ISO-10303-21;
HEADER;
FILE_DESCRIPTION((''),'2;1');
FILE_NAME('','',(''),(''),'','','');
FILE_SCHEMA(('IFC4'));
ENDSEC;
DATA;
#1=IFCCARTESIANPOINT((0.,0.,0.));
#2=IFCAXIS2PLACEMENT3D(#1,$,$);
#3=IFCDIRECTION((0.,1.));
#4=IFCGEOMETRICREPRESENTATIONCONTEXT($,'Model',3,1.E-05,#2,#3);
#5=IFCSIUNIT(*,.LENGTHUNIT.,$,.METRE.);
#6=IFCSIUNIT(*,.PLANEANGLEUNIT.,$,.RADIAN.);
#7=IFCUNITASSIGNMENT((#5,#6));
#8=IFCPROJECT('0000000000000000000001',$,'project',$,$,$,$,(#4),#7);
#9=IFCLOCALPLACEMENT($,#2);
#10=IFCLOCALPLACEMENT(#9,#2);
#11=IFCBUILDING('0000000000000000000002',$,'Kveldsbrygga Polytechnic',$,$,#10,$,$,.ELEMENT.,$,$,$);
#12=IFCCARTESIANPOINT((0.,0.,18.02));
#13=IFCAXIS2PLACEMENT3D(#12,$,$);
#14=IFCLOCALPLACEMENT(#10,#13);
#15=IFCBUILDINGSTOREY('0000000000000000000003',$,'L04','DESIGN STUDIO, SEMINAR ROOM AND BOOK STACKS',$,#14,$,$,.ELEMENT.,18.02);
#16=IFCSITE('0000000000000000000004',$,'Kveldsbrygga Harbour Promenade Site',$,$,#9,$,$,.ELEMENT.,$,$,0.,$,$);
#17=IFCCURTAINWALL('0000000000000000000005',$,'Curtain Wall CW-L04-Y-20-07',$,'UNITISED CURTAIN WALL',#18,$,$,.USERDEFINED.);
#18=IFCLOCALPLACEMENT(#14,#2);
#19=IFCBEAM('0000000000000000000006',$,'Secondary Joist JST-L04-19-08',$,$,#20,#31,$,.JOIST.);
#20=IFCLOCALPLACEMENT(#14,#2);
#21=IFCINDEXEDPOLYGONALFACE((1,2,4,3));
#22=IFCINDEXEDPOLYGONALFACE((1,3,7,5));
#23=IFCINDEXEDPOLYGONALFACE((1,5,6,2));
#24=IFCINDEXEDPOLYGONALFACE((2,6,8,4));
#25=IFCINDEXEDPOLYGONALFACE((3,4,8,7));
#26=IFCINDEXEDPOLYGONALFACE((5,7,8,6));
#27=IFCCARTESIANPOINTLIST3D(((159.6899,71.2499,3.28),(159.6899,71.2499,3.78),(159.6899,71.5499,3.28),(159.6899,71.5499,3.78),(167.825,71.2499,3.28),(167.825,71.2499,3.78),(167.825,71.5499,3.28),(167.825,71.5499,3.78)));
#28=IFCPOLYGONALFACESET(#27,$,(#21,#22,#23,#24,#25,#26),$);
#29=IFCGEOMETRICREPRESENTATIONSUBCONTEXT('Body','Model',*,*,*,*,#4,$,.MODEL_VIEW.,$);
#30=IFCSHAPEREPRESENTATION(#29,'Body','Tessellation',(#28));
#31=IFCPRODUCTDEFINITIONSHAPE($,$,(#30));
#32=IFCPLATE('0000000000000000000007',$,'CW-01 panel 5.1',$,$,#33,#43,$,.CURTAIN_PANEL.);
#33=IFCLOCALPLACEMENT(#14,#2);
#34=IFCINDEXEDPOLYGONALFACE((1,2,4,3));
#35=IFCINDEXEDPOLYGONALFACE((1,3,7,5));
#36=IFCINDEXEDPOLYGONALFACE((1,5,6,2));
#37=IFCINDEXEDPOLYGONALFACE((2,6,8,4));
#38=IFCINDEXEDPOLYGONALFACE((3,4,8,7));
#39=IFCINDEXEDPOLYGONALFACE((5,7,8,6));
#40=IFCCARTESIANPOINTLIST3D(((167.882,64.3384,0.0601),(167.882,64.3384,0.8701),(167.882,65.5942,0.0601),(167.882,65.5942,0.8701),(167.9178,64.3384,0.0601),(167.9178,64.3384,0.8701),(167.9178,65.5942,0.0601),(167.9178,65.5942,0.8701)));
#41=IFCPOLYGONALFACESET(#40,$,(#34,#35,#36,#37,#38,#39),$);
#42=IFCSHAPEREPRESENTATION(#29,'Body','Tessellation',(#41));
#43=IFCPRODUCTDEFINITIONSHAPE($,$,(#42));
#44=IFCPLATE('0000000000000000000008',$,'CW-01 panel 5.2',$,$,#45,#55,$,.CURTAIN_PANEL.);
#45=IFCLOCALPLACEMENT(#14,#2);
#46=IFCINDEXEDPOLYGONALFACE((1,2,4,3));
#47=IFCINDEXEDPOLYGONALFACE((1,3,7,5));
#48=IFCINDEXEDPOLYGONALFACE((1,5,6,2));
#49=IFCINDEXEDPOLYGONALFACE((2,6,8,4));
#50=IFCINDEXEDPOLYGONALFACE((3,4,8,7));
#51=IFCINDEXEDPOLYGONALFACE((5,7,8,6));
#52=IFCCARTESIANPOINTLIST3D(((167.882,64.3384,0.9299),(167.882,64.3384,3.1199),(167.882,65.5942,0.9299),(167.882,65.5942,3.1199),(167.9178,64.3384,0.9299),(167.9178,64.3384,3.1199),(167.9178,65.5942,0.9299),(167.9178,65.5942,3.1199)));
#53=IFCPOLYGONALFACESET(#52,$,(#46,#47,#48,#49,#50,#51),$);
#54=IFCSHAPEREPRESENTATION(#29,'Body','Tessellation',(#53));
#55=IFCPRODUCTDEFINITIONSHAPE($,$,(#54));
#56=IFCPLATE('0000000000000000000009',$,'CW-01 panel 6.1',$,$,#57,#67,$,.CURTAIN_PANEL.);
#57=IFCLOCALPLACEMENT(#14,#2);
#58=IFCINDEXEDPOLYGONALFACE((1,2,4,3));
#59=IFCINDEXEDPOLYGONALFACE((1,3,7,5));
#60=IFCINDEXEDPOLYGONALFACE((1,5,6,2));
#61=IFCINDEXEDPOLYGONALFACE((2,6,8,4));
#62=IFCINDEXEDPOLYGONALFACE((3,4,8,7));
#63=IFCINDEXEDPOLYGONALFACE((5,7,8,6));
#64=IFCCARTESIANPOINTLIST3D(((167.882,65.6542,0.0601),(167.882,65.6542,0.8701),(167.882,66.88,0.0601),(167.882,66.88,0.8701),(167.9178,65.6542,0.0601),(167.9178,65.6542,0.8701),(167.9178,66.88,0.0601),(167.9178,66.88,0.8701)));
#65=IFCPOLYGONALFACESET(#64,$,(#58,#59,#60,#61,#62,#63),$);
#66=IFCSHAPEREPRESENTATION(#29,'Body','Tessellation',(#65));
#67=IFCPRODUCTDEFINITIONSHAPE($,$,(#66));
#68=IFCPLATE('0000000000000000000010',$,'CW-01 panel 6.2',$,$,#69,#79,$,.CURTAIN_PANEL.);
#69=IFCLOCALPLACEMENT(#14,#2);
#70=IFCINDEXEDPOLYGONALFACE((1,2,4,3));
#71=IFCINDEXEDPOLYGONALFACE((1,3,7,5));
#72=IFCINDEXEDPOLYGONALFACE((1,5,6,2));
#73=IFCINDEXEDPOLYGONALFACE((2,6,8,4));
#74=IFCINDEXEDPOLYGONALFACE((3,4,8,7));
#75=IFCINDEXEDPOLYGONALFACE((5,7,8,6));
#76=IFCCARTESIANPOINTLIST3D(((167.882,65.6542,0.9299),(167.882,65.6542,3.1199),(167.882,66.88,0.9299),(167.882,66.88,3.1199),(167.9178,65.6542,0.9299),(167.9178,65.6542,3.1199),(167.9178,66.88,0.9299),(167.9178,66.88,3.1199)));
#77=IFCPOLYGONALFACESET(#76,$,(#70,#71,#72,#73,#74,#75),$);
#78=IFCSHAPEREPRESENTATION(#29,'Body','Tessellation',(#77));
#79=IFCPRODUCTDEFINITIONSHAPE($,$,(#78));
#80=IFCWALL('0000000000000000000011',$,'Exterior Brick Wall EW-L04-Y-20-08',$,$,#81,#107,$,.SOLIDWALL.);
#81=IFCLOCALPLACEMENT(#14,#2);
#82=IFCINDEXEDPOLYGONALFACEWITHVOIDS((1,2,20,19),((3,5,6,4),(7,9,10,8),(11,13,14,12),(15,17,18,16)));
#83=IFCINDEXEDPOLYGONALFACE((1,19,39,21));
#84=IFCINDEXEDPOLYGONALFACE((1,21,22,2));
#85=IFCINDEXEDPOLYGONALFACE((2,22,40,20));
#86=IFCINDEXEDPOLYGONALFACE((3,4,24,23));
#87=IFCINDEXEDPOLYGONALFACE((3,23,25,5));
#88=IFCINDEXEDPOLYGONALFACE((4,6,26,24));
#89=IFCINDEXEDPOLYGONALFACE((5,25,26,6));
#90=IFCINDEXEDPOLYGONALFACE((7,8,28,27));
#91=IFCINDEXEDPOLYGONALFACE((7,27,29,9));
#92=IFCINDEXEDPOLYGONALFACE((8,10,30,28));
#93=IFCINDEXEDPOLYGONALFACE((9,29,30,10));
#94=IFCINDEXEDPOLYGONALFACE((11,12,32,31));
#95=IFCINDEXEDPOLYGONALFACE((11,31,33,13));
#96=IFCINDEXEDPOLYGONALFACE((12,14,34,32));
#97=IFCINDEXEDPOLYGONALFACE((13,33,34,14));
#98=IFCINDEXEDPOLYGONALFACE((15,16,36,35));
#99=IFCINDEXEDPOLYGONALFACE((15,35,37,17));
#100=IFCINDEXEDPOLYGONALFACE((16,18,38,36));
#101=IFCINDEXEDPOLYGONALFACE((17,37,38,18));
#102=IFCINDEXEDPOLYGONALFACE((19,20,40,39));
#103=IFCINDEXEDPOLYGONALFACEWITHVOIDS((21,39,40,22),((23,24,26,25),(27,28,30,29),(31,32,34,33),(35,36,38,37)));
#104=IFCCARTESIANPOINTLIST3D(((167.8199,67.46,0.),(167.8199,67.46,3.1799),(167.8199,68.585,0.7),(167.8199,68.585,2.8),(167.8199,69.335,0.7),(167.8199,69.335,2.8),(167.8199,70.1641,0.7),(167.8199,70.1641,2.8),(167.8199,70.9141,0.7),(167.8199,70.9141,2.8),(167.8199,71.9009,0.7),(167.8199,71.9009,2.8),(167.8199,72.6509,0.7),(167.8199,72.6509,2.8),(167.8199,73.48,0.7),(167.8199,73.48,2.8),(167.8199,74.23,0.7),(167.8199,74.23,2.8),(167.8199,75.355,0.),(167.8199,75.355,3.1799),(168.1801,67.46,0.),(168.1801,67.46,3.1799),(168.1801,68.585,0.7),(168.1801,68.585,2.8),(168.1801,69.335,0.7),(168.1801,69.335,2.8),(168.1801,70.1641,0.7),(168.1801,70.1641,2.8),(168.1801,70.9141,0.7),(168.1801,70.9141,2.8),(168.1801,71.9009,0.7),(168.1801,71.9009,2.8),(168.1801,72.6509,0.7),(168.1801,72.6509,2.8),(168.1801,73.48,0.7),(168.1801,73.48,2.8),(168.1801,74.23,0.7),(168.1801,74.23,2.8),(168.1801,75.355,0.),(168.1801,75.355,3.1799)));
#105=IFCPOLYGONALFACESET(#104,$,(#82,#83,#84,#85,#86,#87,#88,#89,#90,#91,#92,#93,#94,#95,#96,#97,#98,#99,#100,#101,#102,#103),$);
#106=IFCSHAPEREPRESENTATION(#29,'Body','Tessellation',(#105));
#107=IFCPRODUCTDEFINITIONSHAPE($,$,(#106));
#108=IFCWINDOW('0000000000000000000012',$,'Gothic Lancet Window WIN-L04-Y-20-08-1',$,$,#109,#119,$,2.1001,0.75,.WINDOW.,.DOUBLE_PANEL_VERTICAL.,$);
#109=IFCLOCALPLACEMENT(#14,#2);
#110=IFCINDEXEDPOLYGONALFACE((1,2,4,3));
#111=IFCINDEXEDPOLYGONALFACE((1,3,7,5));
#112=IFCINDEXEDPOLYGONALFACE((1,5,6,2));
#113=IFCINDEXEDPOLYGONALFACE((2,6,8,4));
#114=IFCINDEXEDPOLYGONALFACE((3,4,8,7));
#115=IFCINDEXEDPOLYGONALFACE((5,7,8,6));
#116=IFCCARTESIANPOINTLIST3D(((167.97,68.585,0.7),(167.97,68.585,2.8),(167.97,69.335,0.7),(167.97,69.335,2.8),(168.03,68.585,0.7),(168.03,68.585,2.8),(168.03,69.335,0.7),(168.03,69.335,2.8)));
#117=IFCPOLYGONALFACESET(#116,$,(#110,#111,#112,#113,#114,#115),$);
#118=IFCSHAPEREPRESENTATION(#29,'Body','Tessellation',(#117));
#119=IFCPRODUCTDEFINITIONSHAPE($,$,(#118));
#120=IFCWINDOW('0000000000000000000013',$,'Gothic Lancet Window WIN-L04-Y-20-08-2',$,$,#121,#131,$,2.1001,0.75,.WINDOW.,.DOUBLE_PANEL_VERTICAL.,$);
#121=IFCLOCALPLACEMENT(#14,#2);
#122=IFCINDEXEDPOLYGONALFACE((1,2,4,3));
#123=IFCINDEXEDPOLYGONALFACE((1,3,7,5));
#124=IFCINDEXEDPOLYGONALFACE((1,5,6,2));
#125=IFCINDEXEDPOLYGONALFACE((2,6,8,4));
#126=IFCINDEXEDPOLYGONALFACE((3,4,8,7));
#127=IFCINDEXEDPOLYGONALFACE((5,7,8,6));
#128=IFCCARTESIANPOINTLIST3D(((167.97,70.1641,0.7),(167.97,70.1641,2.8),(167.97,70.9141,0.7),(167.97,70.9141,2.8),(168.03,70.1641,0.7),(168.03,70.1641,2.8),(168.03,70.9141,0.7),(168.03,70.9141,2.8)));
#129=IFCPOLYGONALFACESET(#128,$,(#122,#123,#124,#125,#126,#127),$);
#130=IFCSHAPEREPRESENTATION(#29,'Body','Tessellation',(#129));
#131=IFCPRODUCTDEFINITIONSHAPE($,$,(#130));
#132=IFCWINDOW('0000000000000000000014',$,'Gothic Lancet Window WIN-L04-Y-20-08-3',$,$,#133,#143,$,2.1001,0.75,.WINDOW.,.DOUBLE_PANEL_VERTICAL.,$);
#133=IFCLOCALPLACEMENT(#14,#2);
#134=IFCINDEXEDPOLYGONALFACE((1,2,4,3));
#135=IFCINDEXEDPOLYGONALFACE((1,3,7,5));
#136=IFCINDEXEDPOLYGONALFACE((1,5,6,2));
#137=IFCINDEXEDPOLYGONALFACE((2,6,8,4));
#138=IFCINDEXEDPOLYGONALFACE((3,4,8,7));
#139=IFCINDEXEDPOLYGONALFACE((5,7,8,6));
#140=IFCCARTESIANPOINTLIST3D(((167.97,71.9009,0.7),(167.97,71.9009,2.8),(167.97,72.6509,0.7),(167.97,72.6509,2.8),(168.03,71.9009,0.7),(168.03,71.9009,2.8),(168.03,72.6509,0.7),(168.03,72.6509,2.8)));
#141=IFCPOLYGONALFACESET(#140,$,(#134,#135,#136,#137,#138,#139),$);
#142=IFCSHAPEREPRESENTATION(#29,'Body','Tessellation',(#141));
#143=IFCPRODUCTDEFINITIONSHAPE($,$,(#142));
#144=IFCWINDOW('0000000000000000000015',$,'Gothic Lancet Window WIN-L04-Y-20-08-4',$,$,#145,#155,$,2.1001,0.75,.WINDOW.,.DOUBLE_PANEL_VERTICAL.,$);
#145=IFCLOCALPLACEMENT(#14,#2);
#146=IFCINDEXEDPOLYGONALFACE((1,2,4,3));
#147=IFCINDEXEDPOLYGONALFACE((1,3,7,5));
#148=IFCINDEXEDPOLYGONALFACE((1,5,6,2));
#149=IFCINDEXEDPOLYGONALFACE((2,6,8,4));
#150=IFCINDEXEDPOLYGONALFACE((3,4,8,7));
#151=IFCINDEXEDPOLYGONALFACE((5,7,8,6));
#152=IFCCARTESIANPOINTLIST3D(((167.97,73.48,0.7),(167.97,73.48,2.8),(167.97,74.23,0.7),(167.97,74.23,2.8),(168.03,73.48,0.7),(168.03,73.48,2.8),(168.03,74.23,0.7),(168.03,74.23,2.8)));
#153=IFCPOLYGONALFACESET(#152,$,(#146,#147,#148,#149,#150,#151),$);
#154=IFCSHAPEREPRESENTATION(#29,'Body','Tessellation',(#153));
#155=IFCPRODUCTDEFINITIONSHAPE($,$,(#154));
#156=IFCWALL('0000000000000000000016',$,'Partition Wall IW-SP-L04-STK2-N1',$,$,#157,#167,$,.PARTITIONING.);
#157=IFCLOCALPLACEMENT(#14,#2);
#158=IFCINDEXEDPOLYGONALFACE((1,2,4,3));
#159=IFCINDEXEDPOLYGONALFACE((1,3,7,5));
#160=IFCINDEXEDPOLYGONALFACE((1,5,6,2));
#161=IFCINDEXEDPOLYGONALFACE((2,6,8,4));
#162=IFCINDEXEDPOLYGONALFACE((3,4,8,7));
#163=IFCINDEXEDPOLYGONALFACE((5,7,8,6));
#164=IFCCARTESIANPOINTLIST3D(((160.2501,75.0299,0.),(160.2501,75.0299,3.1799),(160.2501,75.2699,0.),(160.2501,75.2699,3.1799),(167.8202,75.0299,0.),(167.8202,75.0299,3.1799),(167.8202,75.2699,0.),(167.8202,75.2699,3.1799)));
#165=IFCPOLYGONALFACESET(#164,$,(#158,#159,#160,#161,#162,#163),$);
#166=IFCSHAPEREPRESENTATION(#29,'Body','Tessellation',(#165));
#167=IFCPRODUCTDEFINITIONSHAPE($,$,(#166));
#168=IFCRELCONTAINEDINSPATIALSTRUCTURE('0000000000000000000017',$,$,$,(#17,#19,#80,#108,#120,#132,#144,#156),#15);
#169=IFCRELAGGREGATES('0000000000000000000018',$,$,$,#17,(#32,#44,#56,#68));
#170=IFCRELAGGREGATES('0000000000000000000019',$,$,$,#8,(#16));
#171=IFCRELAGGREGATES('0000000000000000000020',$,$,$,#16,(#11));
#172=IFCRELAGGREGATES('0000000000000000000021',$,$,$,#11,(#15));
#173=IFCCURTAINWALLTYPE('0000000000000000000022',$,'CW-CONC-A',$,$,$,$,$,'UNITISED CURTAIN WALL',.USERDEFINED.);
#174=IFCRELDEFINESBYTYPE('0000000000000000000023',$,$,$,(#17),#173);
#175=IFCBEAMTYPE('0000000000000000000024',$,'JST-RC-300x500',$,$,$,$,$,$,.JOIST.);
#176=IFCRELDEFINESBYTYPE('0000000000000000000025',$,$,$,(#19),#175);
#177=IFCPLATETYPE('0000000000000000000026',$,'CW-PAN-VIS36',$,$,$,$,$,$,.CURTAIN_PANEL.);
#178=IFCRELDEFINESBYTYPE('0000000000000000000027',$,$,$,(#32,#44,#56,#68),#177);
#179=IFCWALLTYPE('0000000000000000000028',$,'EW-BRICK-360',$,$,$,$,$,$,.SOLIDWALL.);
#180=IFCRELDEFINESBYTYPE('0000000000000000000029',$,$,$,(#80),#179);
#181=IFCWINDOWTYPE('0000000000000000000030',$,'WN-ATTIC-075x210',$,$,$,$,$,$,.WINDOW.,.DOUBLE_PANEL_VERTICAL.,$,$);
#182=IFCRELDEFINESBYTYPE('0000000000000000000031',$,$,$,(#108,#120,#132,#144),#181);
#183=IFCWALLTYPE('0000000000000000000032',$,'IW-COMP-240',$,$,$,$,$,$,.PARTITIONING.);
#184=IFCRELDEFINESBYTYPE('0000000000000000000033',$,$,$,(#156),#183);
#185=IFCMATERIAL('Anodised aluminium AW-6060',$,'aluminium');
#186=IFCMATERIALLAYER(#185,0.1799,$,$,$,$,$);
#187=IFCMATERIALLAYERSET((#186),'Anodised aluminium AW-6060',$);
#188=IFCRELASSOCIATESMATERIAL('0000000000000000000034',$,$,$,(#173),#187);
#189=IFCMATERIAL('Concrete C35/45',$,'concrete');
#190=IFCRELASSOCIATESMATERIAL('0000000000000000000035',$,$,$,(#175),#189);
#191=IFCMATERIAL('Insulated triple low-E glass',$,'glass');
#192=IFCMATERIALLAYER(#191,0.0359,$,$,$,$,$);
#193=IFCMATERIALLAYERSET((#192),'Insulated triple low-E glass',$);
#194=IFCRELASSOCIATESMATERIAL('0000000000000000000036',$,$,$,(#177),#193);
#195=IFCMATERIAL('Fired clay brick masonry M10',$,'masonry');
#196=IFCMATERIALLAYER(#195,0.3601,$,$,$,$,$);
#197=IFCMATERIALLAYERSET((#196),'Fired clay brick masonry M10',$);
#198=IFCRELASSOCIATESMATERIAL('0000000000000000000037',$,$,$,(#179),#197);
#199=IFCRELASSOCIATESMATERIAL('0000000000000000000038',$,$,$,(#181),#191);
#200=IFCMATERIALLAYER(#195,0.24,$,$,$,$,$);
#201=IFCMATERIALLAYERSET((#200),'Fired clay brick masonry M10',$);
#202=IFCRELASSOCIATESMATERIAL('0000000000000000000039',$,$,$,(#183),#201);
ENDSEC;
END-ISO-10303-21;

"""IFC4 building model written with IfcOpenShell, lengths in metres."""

from ifc_helpers import new_model, si_unit, direction, frame, frame_2d, origin, origin_2d, place, context, subcontext, project, spatial, rectangle, extrude, material, layer, layer_set, material_profile, profile_set, type_object, element, fill, aggregate, save


model = new_model("IFC4")

# Units and contexts
model_context = context("Model", 3, precision=1e-05, world=origin(), true_north=direction((0.0, 1.0)))
body_context = subcontext(model_context, "Body", "Model", "MODEL_VIEW")
ifc_project = project(units=[si_unit("LENGTHUNIT", "METRE"), si_unit("PLANEANGLEUNIT", "RADIAN")], contexts=[model_context])

# Site, building, storey
site_placement = place(None, origin())
site = spatial("IfcSite", under=ifc_project, at=site_placement, Name="Kveldsbrygga Harbour Promenade Site", CompositionType="ELEMENT", RefElevation=0.0)
building_placement = place(site_placement, origin())
building = spatial("IfcBuilding", under=site, at=building_placement, Name="Kveldsbrygga Polytechnic", CompositionType="ELEMENT")
storey_placement = place(building_placement, frame((0.0, 0.0, 18.02)))
storey = spatial("IfcBuildingStorey", under=building, at=storey_placement, Name="L04", Description="DESIGN STUDIO, SEMINAR ROOM AND BOOK STACKS", CompositionType="ELEMENT", Elevation=18.02)

# Shared definitions
ifc_material_1 = material(Name="Concrete C35/45", Category="concrete")

# Curtain wall
ifc_material_2 = material(Name="Anodised aluminium AW-6060", Category="aluminium")
ifc_layer_1 = layer(ifc_material_2, 0.1799)
ifc_layer_set_1 = layer_set([ifc_layer_1], Name="Anodised aluminium AW-6060")
curtain_wall_type = type_object("IfcCurtainWallType", Name="CW-CONC-A", ElementType="UNITISED CURTAIN WALL", PredefinedType="USERDEFINED", material=ifc_layer_set_1)
curtain_wall_placement = place(storey_placement, origin())
curtain_wall = element("IfcCurtainWall", 1, at=curtain_wall_placement, inside=storey, type_object=curtain_wall_type, Name="Curtain Wall CW-L04-Y-20-07", ObjectType="UNITISED CURTAIN WALL", PredefinedType="USERDEFINED")

# Beam
ifc_material_profile_1 = material_profile(ifc_material_1, rectangle(XDim=0.3, YDim=0.5, at=origin_2d()), Name="RC 300x500")
ifc_profile_set_1 = profile_set([ifc_material_profile_1], Name="Concrete C35/45")
beam_type_1 = type_object("IfcBeamType", Name="JST-RC-300x500", PredefinedType="JOIST", material=ifc_profile_set_1)
beam_1_placement = place(storey_placement, frame((159.6899, 71.3999, 3.53), z_axis=(1.0, 0.0, 0.0), x_axis=(0.0, 1.0, 0.0)))
element("IfcBeam", 2, at=beam_1_placement, inside=storey, type_object=beam_type_1, Name="Secondary Joist JST-L04-19-08", PredefinedType="JOIST", context=body_context, shape_type="SweptSolid", body=[
    extrude(rectangle(XDim=0.3, YDim=0.5, at=origin_2d()), origin(), (0.0, 0.0, 1.0), 8.135),
])

# Plates
ifc_material_3 = material(Name="Insulated triple low-E glass", Category="glass")
ifc_layer_2 = layer(ifc_material_3, 0.0359)
ifc_layer_set_2 = layer_set([ifc_layer_2], Name="Insulated triple low-E glass")
plate_type = type_object("IfcPlateType", Name="CW-PAN-VIS36", PredefinedType="CURTAIN_PANEL", material=ifc_layer_set_2)
plate_1_placement = place(storey_placement, frame((167.8999, 64.9663, 0.0601), z_axis=(0.0, 0.0, 1.0), x_axis=(0.0, 1.0, 0.0)))
plate_1 = element("IfcPlate", 3, at=plate_1_placement, type_object=plate_type, Name="CW-01 panel 5.1", PredefinedType="CURTAIN_PANEL", context=body_context, shape_type="SweptSolid", body=[
    extrude(rectangle(XDim=1.2559, YDim=0.0359, at=origin_2d()), origin(), (0.0, 0.0, 1.0), 0.8101),
])
plate_2_placement = place(storey_placement, frame((167.8999, 64.9663, 0.9299), z_axis=(0.0, 0.0, 1.0), x_axis=(0.0, 1.0, 0.0)))
plate_2 = element("IfcPlate", 4, at=plate_2_placement, type_object=plate_type, Name="CW-01 panel 5.2", PredefinedType="CURTAIN_PANEL", context=body_context, shape_type="SweptSolid", body=[
    extrude(rectangle(XDim=1.2559, YDim=0.0359, at=origin_2d()), origin(), (0.0, 0.0, 1.0), 2.1899),
])
plate_3_placement = place(storey_placement, frame((167.8999, 66.2671, 0.0601), z_axis=(0.0, 0.0, 1.0), x_axis=(0.0, 1.0, 0.0)))
plate_3 = element("IfcPlate", 5, at=plate_3_placement, type_object=plate_type, Name="CW-01 panel 6.1", PredefinedType="CURTAIN_PANEL", context=body_context, shape_type="SweptSolid", body=[
    extrude(rectangle(XDim=1.2258, YDim=0.0359, at=origin_2d()), origin(), (0.0, 0.0, 1.0), 0.8101),
])
plate_4_placement = place(storey_placement, frame((167.8999, 66.2671, 0.9299), z_axis=(0.0, 0.0, 1.0), x_axis=(0.0, 1.0, 0.0)))
plate_4 = element("IfcPlate", 6, at=plate_4_placement, type_object=plate_type, Name="CW-01 panel 6.2", PredefinedType="CURTAIN_PANEL", context=body_context, shape_type="SweptSolid", body=[
    extrude(rectangle(XDim=1.2258, YDim=0.0359, at=origin_2d()), origin(), (0.0, 0.0, 1.0), 2.1899),
])
aggregate(curtain_wall, [plate_1, plate_2, plate_3, plate_4])

# Wall, openings, windows
ifc_material_4 = material(Name="Fired clay brick masonry M10", Category="masonry")
ifc_layer_3 = layer(ifc_material_4, 0.3601)
ifc_layer_set_3 = layer_set([ifc_layer_3], Name="Fired clay brick masonry M10")
wall_type_1 = type_object("IfcWallType", Name="EW-BRICK-360", PredefinedType="SOLIDWALL", material=ifc_layer_set_3)
wall_1_placement = place(storey_placement, frame((168.0, 67.46, 0.0), z_axis=(0.0, 0.0, 1.0), x_axis=(0.0, 1.0, 0.0)))
wall_1 = element("IfcWall", 7, at=wall_1_placement, inside=storey, type_object=wall_type_1, Name="Exterior Brick Wall EW-L04-Y-20-08", PredefinedType="SOLIDWALL", context=body_context, shape_type="SweptSolid", body=[
    extrude(rectangle(XDim=7.895, YDim=0.3601, at=frame_2d((3.9475, 0.0))), origin(), (0.0, 0.0, 1.0), 3.1799),
])
opening_1_placement = place(wall_1_placement, frame((1.125, 0.0, 0.7)))
opening_1 = element("IfcOpeningElement", 8, at=opening_1_placement, cuts=wall_1, PredefinedType="OPENING", context=body_context, shape_type="SweptSolid", body=[
    extrude(rectangle(XDim=0.75, YDim=2.1001, at=frame_2d((0.375, 1.05))), frame((0.0, 0.1899, 0.0), z_axis=(0.0, -1.0, 0.0), x_axis=(1.0, 0.0, 0.0)), (0.0, 0.0, 1.0), 0.3801),
])
opening_2_placement = place(wall_1_placement, frame((2.7041, 0.0, 0.7)))
opening_2 = element("IfcOpeningElement", 9, at=opening_2_placement, cuts=wall_1, PredefinedType="OPENING", context=body_context, shape_type="SweptSolid", body=[
    extrude(rectangle(XDim=0.75, YDim=2.1001, at=frame_2d((0.375, 1.05))), frame((0.0, 0.1899, 0.0), z_axis=(0.0, -1.0, 0.0), x_axis=(1.0, 0.0, 0.0)), (0.0, 0.0, 1.0), 0.3801),
])
opening_3_placement = place(wall_1_placement, frame((4.4409, 0.0, 0.7)))
opening_3 = element("IfcOpeningElement", 10, at=opening_3_placement, cuts=wall_1, PredefinedType="OPENING", context=body_context, shape_type="SweptSolid", body=[
    extrude(rectangle(XDim=0.75, YDim=2.1001, at=frame_2d((0.375, 1.05))), frame((0.0, 0.1899, 0.0), z_axis=(0.0, -1.0, 0.0), x_axis=(1.0, 0.0, 0.0)), (0.0, 0.0, 1.0), 0.3801),
])
opening_4_placement = place(wall_1_placement, frame((6.02, 0.0, 0.7)))
opening_4 = element("IfcOpeningElement", 11, at=opening_4_placement, cuts=wall_1, PredefinedType="OPENING", context=body_context, shape_type="SweptSolid", body=[
    extrude(rectangle(XDim=0.75, YDim=2.1001, at=frame_2d((0.375, 1.05))), frame((0.0, 0.1899, 0.0), z_axis=(0.0, -1.0, 0.0), x_axis=(1.0, 0.0, 0.0)), (0.0, 0.0, 1.0), 0.3801),
])
window_type = type_object("IfcWindowType", Name="WN-ATTIC-075x210", PartitioningType="DOUBLE_PANEL_VERTICAL", PredefinedType="WINDOW", material=ifc_material_3)
window_1_placement = place(opening_1_placement, origin())
window_1 = element("IfcWindow", 12, at=window_1_placement, inside=storey, type_object=window_type, Name="Gothic Lancet Window WIN-L04-Y-20-08-1", OverallHeight=2.1001, OverallWidth=0.75, PartitioningType="DOUBLE_PANEL_VERTICAL", PredefinedType="WINDOW", context=body_context, shape_type="SweptSolid", body=[
    extrude(rectangle(XDim=0.75, YDim=2.1001, at=frame_2d((0.375, 1.05))), frame((0.0, 0.03, 0.0), z_axis=(0.0, -1.0, 0.0), x_axis=(1.0, 0.0, 0.0)), (0.0, 0.0, 1.0), 0.0601),
])
fill(opening_1, window_1)
window_2_placement = place(opening_2_placement, origin())
window_2 = element("IfcWindow", 13, at=window_2_placement, inside=storey, type_object=window_type, Name="Gothic Lancet Window WIN-L04-Y-20-08-2", OverallHeight=2.1001, OverallWidth=0.75, PartitioningType="DOUBLE_PANEL_VERTICAL", PredefinedType="WINDOW", context=body_context, shape_type="SweptSolid", body=[
    extrude(rectangle(XDim=0.75, YDim=2.1001, at=frame_2d((0.375, 1.05))), frame((0.0, 0.03, 0.0), z_axis=(0.0, -1.0, 0.0), x_axis=(1.0, 0.0, 0.0)), (0.0, 0.0, 1.0), 0.0601),
])
fill(opening_2, window_2)
window_3_placement = place(opening_3_placement, origin())
window_3 = element("IfcWindow", 14, at=window_3_placement, inside=storey, type_object=window_type, Name="Gothic Lancet Window WIN-L04-Y-20-08-3", OverallHeight=2.1001, OverallWidth=0.75, PartitioningType="DOUBLE_PANEL_VERTICAL", PredefinedType="WINDOW", context=body_context, shape_type="SweptSolid", body=[
    extrude(rectangle(XDim=0.75, YDim=2.1001, at=frame_2d((0.375, 1.05))), frame((0.0, 0.03, 0.0), z_axis=(0.0, -1.0, 0.0), x_axis=(1.0, 0.0, 0.0)), (0.0, 0.0, 1.0), 0.0601),
])
fill(opening_3, window_3)
window_4_placement = place(opening_4_placement, origin())
window_4 = element("IfcWindow", 15, at=window_4_placement, inside=storey, type_object=window_type, Name="Gothic Lancet Window WIN-L04-Y-20-08-4", OverallHeight=2.1001, OverallWidth=0.75, PartitioningType="DOUBLE_PANEL_VERTICAL", PredefinedType="WINDOW", context=body_context, shape_type="SweptSolid", body=[
    extrude(rectangle(XDim=0.75, YDim=2.1001, at=frame_2d((0.375, 1.05))), frame((0.0, 0.03, 0.0), z_axis=(0.0, -1.0, 0.0), x_axis=(1.0, 0.0, 0.0)), (0.0, 0.0, 1.0), 0.0601),
])
fill(opening_4, window_4)

# Wall
ifc_layer_4 = layer(ifc_material_4, 0.24)
ifc_layer_set_4 = layer_set([ifc_layer_4], Name="Fired clay brick masonry M10")
wall_type_2 = type_object("IfcWallType", Name="IW-COMP-240", PredefinedType="PARTITIONING", material=ifc_layer_set_4)
wall_2_placement = place(storey_placement, frame((160.25, 75.1499, 0.0), z_axis=(0.0, 0.0, 1.0), x_axis=(1.0, 0.0, 0.0)))
element("IfcWall", 16, at=wall_2_placement, inside=storey, type_object=wall_type_2, Name="Partition Wall IW-SP-L04-STK2-N1", PredefinedType="PARTITIONING", context=body_context, shape_type="SweptSolid", body=[
    extrude(rectangle(XDim=7.5701, YDim=0.24, at=frame_2d((3.7852, 0.0))), origin(), (0.0, 0.0, 1.0), 3.1799),
])

save(model, "model.ifc")
